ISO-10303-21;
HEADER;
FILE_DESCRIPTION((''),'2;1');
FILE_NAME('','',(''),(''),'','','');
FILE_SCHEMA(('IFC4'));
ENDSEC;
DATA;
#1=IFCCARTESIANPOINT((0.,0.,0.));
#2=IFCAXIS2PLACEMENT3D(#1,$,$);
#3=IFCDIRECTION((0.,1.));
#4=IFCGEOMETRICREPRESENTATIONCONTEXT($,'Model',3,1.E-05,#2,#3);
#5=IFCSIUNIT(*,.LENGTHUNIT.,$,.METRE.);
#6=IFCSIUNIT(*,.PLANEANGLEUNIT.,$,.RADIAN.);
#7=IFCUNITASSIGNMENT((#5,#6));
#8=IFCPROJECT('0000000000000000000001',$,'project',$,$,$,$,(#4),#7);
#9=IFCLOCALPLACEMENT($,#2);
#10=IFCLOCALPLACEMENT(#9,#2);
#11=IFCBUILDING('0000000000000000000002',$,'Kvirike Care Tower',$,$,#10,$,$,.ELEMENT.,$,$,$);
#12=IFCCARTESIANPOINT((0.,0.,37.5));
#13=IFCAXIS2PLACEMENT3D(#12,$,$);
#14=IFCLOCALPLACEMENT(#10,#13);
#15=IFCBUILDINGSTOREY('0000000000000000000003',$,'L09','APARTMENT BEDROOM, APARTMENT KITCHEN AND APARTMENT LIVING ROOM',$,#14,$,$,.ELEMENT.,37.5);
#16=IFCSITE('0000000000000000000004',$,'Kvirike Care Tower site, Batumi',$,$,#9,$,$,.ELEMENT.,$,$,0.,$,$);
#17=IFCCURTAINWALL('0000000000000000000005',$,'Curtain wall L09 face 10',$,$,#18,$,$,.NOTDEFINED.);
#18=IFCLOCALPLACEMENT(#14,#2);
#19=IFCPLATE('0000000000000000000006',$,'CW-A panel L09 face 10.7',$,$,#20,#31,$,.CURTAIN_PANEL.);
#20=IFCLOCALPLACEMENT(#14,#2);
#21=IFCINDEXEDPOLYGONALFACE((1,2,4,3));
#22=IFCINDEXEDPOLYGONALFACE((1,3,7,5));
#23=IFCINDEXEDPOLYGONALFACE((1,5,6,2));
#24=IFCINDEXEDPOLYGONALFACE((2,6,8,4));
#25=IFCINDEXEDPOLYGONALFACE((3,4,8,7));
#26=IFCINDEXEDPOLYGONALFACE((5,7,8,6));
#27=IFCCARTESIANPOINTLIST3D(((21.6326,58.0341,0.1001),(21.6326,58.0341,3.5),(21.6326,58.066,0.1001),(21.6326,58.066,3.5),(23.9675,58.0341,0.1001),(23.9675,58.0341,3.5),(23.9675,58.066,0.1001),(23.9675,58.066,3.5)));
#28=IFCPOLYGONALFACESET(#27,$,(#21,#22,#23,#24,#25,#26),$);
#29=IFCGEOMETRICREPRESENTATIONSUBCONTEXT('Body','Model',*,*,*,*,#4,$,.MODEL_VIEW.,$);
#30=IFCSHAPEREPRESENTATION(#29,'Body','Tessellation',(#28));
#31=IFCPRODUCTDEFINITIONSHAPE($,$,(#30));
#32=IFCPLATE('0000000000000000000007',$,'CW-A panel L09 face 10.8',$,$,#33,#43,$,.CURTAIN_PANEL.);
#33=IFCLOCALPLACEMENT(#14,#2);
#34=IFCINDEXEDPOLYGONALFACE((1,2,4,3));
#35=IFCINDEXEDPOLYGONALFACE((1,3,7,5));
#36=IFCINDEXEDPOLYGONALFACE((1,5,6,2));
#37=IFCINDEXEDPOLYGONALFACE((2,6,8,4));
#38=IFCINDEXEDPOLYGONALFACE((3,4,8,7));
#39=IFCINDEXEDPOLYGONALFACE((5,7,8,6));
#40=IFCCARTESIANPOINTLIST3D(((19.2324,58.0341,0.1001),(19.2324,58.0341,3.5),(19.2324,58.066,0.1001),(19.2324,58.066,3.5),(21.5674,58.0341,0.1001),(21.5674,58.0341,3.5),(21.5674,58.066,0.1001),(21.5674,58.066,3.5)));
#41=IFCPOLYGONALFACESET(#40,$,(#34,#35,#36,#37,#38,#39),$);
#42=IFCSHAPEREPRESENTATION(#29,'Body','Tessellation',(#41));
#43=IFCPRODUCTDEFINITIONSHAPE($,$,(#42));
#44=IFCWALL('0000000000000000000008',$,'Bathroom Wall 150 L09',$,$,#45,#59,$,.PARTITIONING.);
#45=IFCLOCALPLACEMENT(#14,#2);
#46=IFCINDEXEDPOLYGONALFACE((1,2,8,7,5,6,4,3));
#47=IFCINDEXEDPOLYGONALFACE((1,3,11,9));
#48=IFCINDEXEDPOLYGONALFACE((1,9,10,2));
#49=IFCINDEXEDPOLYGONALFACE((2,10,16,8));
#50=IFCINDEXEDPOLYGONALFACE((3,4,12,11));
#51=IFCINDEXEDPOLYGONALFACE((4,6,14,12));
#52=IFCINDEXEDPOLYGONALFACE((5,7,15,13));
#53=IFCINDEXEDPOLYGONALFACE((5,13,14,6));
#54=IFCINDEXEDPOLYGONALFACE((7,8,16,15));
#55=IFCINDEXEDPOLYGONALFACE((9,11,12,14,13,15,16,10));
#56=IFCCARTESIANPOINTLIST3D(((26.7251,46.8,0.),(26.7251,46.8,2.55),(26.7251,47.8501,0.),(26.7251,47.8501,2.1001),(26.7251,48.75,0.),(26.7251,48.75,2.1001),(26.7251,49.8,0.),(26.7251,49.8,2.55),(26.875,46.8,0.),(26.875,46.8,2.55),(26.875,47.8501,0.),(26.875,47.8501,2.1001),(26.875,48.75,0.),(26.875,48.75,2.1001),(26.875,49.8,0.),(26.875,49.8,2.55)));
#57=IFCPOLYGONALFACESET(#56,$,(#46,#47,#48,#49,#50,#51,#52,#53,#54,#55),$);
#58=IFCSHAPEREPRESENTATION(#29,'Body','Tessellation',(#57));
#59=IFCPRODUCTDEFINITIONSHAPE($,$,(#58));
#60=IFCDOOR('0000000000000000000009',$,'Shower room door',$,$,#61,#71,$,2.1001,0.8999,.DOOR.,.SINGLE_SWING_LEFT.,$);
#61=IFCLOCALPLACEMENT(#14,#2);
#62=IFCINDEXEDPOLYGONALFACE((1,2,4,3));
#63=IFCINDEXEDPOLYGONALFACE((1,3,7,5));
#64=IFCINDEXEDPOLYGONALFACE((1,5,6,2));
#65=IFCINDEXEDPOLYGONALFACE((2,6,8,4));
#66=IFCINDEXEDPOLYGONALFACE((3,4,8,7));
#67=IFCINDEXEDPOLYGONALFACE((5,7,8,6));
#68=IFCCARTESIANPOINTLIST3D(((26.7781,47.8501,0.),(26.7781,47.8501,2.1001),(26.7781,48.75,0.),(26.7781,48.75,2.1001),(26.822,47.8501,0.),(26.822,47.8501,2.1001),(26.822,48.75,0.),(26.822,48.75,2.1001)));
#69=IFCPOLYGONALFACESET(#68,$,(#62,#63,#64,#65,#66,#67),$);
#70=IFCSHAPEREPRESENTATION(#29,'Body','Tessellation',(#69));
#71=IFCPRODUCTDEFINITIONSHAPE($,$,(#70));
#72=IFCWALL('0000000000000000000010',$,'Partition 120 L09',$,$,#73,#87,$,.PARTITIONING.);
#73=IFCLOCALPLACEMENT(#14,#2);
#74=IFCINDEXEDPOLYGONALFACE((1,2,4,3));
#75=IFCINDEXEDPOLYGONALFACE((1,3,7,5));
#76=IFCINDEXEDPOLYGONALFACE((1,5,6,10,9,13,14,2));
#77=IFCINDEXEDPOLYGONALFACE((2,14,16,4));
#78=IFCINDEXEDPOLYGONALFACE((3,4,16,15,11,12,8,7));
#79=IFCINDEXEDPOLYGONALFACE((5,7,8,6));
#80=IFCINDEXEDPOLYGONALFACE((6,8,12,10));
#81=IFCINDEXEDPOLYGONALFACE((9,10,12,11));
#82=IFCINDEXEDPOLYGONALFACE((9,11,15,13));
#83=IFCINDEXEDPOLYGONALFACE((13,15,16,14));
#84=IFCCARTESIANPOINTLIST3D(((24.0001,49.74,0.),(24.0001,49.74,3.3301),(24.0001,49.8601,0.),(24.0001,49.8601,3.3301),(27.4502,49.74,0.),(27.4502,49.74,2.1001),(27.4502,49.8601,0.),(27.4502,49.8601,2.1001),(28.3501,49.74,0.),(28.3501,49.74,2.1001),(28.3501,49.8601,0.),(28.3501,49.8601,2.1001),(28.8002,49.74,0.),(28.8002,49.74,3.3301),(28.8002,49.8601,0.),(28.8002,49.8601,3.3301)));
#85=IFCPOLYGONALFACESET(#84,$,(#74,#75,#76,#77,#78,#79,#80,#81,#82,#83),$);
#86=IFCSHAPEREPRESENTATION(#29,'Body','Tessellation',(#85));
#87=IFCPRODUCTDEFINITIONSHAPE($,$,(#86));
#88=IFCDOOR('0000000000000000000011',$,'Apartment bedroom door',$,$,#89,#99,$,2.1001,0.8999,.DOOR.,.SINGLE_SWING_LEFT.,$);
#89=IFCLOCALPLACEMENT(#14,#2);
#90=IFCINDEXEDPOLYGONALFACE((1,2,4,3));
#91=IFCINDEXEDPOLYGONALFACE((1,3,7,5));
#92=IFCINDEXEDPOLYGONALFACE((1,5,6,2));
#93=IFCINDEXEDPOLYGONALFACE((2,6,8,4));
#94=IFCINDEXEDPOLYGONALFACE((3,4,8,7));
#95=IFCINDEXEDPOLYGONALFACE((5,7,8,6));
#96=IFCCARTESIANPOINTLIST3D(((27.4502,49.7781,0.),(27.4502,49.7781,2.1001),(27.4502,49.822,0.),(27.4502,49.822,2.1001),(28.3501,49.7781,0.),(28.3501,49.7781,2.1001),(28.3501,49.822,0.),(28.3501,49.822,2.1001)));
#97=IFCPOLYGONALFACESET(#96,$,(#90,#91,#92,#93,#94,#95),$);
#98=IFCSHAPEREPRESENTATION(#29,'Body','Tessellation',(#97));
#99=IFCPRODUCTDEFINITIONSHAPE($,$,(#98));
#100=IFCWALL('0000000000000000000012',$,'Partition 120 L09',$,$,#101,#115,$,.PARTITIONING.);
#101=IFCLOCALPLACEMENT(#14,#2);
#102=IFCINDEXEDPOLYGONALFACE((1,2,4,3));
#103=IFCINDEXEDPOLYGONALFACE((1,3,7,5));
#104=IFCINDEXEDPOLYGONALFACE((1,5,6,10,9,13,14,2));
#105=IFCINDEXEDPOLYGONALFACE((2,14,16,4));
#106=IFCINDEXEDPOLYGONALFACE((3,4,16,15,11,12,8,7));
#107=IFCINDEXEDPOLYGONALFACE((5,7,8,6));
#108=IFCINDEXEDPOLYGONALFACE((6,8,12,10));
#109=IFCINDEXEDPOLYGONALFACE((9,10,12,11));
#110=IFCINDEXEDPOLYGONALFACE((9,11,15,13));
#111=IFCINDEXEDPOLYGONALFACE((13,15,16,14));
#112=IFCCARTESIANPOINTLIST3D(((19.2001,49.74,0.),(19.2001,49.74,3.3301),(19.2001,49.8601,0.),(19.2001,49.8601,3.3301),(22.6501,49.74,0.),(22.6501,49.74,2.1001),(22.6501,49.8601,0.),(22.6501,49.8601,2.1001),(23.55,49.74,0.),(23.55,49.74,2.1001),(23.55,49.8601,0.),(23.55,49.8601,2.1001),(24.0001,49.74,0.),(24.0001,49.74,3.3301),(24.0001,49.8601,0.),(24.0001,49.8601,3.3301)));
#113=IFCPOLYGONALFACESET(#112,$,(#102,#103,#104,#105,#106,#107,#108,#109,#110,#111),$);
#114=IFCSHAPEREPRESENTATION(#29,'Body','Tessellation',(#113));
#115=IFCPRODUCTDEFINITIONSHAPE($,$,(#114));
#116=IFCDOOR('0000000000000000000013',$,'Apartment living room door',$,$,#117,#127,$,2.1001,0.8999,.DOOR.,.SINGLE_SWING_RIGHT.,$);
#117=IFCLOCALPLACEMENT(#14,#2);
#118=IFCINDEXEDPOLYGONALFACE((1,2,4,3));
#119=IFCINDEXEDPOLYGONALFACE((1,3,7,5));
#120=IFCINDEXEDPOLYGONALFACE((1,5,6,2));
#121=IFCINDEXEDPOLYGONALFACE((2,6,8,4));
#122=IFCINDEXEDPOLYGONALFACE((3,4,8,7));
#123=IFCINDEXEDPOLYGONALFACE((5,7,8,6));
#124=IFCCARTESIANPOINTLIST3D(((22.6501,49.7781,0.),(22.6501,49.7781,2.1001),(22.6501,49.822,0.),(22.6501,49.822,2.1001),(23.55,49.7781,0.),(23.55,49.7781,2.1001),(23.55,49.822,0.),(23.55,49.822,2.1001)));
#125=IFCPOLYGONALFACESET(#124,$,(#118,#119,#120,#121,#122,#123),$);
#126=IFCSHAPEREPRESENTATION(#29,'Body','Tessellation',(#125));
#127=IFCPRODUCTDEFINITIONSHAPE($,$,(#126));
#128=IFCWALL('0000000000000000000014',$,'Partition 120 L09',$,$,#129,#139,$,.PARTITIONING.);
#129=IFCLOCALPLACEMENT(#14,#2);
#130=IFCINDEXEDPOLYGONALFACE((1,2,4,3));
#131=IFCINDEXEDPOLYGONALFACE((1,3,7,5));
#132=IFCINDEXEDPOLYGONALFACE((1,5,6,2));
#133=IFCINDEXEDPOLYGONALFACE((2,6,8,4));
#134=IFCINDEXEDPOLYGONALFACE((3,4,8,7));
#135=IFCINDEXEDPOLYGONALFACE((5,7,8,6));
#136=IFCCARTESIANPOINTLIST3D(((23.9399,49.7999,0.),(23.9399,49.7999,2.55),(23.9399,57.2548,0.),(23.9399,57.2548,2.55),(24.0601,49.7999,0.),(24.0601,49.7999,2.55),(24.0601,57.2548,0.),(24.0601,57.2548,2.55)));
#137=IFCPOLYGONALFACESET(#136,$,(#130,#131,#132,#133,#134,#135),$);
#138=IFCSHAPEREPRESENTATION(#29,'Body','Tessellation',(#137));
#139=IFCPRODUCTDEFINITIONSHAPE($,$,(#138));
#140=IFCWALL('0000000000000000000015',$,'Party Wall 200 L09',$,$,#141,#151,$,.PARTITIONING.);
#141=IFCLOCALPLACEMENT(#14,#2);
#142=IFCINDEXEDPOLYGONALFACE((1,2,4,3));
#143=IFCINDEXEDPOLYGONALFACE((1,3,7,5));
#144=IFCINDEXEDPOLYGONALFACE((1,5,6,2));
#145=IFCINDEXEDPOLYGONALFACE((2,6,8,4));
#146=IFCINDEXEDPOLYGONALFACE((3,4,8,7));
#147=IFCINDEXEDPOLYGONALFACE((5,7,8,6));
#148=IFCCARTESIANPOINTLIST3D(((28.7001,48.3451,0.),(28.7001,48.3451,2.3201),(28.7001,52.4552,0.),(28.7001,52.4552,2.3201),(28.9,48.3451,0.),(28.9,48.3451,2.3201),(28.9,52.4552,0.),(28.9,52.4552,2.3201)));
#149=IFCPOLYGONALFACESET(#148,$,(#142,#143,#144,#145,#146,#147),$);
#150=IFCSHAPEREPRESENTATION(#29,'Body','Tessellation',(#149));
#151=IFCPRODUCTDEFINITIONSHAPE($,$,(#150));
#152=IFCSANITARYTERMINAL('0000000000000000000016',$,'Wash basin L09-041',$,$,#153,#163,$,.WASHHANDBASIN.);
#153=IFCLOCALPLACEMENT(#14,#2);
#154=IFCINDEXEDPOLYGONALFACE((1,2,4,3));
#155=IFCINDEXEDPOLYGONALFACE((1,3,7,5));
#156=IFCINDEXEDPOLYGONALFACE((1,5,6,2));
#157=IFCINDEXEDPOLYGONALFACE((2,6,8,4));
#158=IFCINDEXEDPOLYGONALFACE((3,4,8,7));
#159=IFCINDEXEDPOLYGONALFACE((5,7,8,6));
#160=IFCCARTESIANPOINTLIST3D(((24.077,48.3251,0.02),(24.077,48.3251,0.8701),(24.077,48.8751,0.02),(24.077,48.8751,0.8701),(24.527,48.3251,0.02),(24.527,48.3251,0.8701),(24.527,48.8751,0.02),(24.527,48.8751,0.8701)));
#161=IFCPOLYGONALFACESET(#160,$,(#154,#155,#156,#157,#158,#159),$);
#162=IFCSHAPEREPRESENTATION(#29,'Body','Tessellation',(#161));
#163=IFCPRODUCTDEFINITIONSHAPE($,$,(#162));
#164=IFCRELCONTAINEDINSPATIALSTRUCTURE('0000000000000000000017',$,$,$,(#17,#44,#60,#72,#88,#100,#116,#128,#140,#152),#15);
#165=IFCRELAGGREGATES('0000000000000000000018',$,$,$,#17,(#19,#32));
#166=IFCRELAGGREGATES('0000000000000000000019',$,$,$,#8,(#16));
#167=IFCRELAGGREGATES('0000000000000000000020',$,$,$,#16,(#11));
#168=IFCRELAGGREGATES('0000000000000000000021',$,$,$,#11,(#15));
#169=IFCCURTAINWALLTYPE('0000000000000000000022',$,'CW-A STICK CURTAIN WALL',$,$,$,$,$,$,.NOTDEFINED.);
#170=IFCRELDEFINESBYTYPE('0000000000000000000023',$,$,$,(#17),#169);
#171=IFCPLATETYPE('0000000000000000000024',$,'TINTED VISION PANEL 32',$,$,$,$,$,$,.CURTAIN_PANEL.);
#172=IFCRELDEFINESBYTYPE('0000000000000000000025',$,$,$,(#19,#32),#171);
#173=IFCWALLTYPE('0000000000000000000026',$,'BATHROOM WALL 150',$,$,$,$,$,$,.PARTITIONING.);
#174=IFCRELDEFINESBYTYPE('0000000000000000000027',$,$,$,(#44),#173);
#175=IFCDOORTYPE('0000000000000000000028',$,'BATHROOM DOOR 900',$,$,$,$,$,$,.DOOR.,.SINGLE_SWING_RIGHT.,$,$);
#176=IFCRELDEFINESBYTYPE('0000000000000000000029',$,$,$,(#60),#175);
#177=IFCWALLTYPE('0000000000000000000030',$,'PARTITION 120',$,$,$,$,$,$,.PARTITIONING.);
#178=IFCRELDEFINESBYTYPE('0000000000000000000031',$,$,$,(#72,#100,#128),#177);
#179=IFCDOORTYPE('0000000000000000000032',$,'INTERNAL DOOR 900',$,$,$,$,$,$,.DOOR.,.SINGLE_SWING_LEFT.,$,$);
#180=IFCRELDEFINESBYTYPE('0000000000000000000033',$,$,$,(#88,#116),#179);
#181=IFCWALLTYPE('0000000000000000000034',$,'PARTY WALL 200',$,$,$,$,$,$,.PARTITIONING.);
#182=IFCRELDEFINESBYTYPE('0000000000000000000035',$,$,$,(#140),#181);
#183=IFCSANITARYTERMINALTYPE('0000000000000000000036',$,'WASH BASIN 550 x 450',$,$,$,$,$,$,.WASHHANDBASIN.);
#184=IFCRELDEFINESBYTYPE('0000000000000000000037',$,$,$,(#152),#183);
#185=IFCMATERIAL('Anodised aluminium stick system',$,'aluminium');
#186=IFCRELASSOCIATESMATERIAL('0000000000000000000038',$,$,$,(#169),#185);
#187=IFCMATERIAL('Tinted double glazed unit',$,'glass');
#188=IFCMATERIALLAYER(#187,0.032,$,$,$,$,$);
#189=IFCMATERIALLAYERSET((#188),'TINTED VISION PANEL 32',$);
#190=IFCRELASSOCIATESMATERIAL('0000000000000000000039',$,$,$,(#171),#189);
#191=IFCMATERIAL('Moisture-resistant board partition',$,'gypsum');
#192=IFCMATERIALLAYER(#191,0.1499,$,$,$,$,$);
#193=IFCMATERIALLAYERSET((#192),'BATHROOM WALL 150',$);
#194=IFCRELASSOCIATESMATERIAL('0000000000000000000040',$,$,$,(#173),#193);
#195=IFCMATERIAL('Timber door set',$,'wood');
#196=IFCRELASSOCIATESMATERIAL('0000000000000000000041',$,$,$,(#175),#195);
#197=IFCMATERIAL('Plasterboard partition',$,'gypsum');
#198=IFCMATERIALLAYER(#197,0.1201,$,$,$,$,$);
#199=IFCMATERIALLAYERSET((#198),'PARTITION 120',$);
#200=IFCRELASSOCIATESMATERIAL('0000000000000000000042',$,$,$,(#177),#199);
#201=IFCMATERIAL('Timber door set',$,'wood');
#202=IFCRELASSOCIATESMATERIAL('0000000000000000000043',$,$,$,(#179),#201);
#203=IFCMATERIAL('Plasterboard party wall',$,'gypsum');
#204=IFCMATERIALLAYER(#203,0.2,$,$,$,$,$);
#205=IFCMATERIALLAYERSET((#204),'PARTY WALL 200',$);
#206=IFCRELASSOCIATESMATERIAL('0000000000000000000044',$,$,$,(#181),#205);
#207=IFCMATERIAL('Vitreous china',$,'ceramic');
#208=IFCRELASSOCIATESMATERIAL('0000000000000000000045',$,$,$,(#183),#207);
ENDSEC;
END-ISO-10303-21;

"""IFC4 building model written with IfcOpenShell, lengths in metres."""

from ifc_helpers import new_model, si_unit, direction, frame, frame_2d, origin, origin_2d, place, context, subcontext, project, spatial, rectangle, extrude, material, layer, layer_set, type_object, element, fill, aggregate, save


model = new_model("IFC4")

# Units and contexts
model_context = context("Model", 3, precision=1e-05, world=origin(), true_north=direction((0.0, 1.0)))
body_context = subcontext(model_context, "Body", "Model", "MODEL_VIEW")
ifc_project = project(units=[si_unit("LENGTHUNIT", "METRE"), si_unit("PLANEANGLEUNIT", "RADIAN")], contexts=[model_context])

# Site, building, storey
site_placement = place(None, origin())
site = spatial("IfcSite", under=ifc_project, at=site_placement, Name="Kvirike Care Tower site, Batumi", CompositionType="ELEMENT", RefElevation=0.0)
building_placement = place(site_placement, origin())
building = spatial("IfcBuilding", under=site, at=building_placement, Name="Kvirike Care Tower", CompositionType="ELEMENT")
storey_placement = place(building_placement, frame((0.0, 0.0, 37.5)))
storey = spatial("IfcBuildingStorey", under=building, at=storey_placement, Name="L09", Description="APARTMENT BEDROOM, APARTMENT KITCHEN AND APARTMENT LIVING ROOM", CompositionType="ELEMENT", Elevation=37.5)

# Curtain wall
ifc_material_1 = material(Name="Anodised aluminium stick system", Category="aluminium")
curtain_wall_type = type_object("IfcCurtainWallType", Name="CW-A STICK CURTAIN WALL", PredefinedType="NOTDEFINED", material=ifc_material_1)
curtain_wall_placement = place(storey_placement, origin())
curtain_wall = element("IfcCurtainWall", 1, at=curtain_wall_placement, inside=storey, type_object=curtain_wall_type, Name="Curtain wall L09 face 10", PredefinedType="NOTDEFINED")

# Plates
ifc_material_2 = material(Name="Tinted double glazed unit", Category="glass")
ifc_layer_1 = layer(ifc_material_2, 0.032)
ifc_layer_set_1 = layer_set([ifc_layer_1], Name="TINTED VISION PANEL 32")
plate_type = type_object("IfcPlateType", Name="TINTED VISION PANEL 32", PredefinedType="CURTAIN_PANEL", material=ifc_layer_set_1)
plate_1_placement = place(storey_placement, frame((22.8, 58.05, 0.1001), z_axis=(0.0, 0.0, 1.0), x_axis=(-1.0, 0.0, 0.0)))
plate_1 = element("IfcPlate", 2, at=plate_1_placement, type_object=plate_type, Name="CW-A panel L09 face 10.7", PredefinedType="CURTAIN_PANEL", context=body_context, shape_type="SweptSolid", body=[
    extrude(rectangle(XDim=2.335, YDim=0.032, at=origin_2d()), origin(), (0.0, 0.0, 1.0), 3.3999),
])
plate_2_placement = place(storey_placement, frame((20.3999, 58.05, 0.1001), z_axis=(0.0, 0.0, 1.0), x_axis=(-1.0, 0.0, 0.0)))
plate_2 = element("IfcPlate", 3, at=plate_2_placement, type_object=plate_type, Name="CW-A panel L09 face 10.8", PredefinedType="CURTAIN_PANEL", context=body_context, shape_type="SweptSolid", body=[
    extrude(rectangle(XDim=2.335, YDim=0.032, at=origin_2d()), origin(), (0.0, 0.0, 1.0), 3.3999),
])
aggregate(curtain_wall, [plate_1, plate_2])

# Walls, openings, doors
ifc_material_3 = material(Name="Moisture-resistant board partition", Category="gypsum")
ifc_layer_2 = layer(ifc_material_3, 0.1499)
ifc_layer_set_2 = layer_set([ifc_layer_2], Name="BATHROOM WALL 150")
wall_type_1 = type_object("IfcWallType", Name="BATHROOM WALL 150", PredefinedType="PARTITIONING", material=ifc_layer_set_2)
wall_1_placement = place(storey_placement, frame((26.8, 49.8, 0.0), z_axis=(0.0, 0.0, 1.0), x_axis=(0.0, -1.0, 0.0)))
wall_1 = element("IfcWall", 4, at=wall_1_placement, inside=storey, type_object=wall_type_1, Name="Bathroom Wall 150 L09", PredefinedType="PARTITIONING", context=body_context, shape_type="SweptSolid", body=[
    extrude(rectangle(XDim=3.0, YDim=0.1499, at=frame_2d((1.5, 0.0))), origin(), (0.0, 0.0, 1.0), 2.55),
])
opening_1_placement = place(wall_1_placement, frame((1.05, 0.0, 0.0)))
opening_1 = element("IfcOpeningElement", 5, at=opening_1_placement, cuts=wall_1, PredefinedType="OPENING", context=body_context, shape_type="SweptSolid", body=[
    extrude(rectangle(XDim=0.8999, YDim=2.1001, at=frame_2d((0.45, 1.05))), frame((0.0, 0.0854, 0.0), z_axis=(0.0, -1.0, 0.0), x_axis=(1.0, 0.0, 0.0)), (0.0, 0.0, 1.0), 0.1709),
])
ifc_material_4 = material(Name="Timber door set", Category="wood")
door_type_1 = type_object("IfcDoorType", Name="BATHROOM DOOR 900", OperationType="SINGLE_SWING_RIGHT", PredefinedType="DOOR", material=ifc_material_4)
door_1_placement = place(opening_1_placement, frame((0.8999, 0.0, 0.0), z_axis=(0.0, 0.0, 1.0), x_axis=(-1.0, 0.0, 0.0)))
door_1 = element("IfcDoor", 6, at=door_1_placement, inside=storey, type_object=door_type_1, Name="Shower room door", OperationType="SINGLE_SWING_LEFT", OverallHeight=2.1001, OverallWidth=0.8999, PredefinedType="DOOR", context=body_context, shape_type="SweptSolid", body=[
    extrude(rectangle(XDim=0.8999, YDim=2.1001, at=frame_2d((0.45, 1.05))), frame((0.0, 0.022, 0.0), z_axis=(0.0, -1.0, 0.0), x_axis=(1.0, 0.0, 0.0)), (0.0, 0.0, 1.0), 0.0439),
])
fill(opening_1, door_1)
ifc_material_5 = material(Name="Plasterboard partition", Category="gypsum")
ifc_layer_3 = layer(ifc_material_5, 0.1201)
ifc_layer_set_3 = layer_set([ifc_layer_3], Name="PARTITION 120")
wall_type_2 = type_object("IfcWallType", Name="PARTITION 120", PredefinedType="PARTITIONING", material=ifc_layer_set_3)
wall_2_placement = place(storey_placement, frame((28.8, 49.8, 0.0), z_axis=(0.0, 0.0, 1.0), x_axis=(-1.0, 0.0, 0.0)))
wall_2 = element("IfcWall", 7, at=wall_2_placement, inside=storey, type_object=wall_type_2, Name="Partition 120 L09", PredefinedType="PARTITIONING", context=body_context, shape_type="SweptSolid", body=[
    extrude(rectangle(XDim=4.8, YDim=0.1201, at=frame_2d((2.3999, 0.0))), origin(), (0.0, 0.0, 1.0), 3.3301),
])
opening_2_placement = place(wall_2_placement, frame((0.45, 0.0, 0.0)))
opening_2 = element("IfcOpeningElement", 8, at=opening_2_placement, cuts=wall_2, PredefinedType="OPENING", context=body_context, shape_type="SweptSolid", body=[
    extrude(rectangle(XDim=0.8999, YDim=2.1001, at=frame_2d((0.45, 1.05))), frame((0.0, 0.0706, 0.0), z_axis=(0.0, -1.0, 0.0), x_axis=(1.0, 0.0, 0.0)), (0.0, 0.0, 1.0), 0.1411),
])
ifc_material_6 = material(Name="Timber door set", Category="wood")
door_type_2 = type_object("IfcDoorType", Name="INTERNAL DOOR 900", OperationType="SINGLE_SWING_LEFT", PredefinedType="DOOR", material=ifc_material_6)
door_2_placement = place(opening_2_placement, frame((0.8999, 0.0, 0.0), z_axis=(0.0, 0.0, 1.0), x_axis=(-1.0, 0.0, 0.0)))
door_2 = element("IfcDoor", 9, at=door_2_placement, inside=storey, type_object=door_type_2, Name="Apartment bedroom door", OperationType="SINGLE_SWING_LEFT", OverallHeight=2.1001, OverallWidth=0.8999, PredefinedType="DOOR", context=body_context, shape_type="SweptSolid", body=[
    extrude(rectangle(XDim=0.8999, YDim=2.1001, at=frame_2d((0.45, 1.05))), frame((0.0, 0.022, 0.0), z_axis=(0.0, -1.0, 0.0), x_axis=(1.0, 0.0, 0.0)), (0.0, 0.0, 1.0), 0.0439),
])
fill(opening_2, door_2)
wall_3_placement = place(storey_placement, frame((24.0, 49.8, 0.0), z_axis=(0.0, 0.0, 1.0), x_axis=(-1.0, 0.0, 0.0)))
wall_3 = element("IfcWall", 10, at=wall_3_placement, inside=storey, type_object=wall_type_2, Name="Partition 120 L09", PredefinedType="PARTITIONING", context=body_context, shape_type="SweptSolid", body=[
    extrude(rectangle(XDim=4.8, YDim=0.1201, at=frame_2d((2.3999, 0.0))), origin(), (0.0, 0.0, 1.0), 3.3301),
])
opening_3_placement = place(wall_3_placement, frame((0.45, 0.0, 0.0)))
opening_3 = element("IfcOpeningElement", 11, at=opening_3_placement, cuts=wall_3, PredefinedType="OPENING", context=body_context, shape_type="SweptSolid", body=[
    extrude(rectangle(XDim=0.8999, YDim=2.1001, at=frame_2d((0.45, 1.05))), frame((0.0, 0.0706, 0.0), z_axis=(0.0, -1.0, 0.0), x_axis=(1.0, 0.0, 0.0)), (0.0, 0.0, 1.0), 0.1411),
])
door_3_placement = place(opening_3_placement, frame((0.8999, 0.0, 0.0), z_axis=(0.0, 0.0, 1.0), x_axis=(-1.0, 0.0, 0.0)))
door_3 = element("IfcDoor", 12, at=door_3_placement, inside=storey, type_object=door_type_2, Name="Apartment living room door", OperationType="SINGLE_SWING_RIGHT", OverallHeight=2.1001, OverallWidth=0.8999, PredefinedType="DOOR", context=body_context, shape_type="SweptSolid", body=[
    extrude(rectangle(XDim=0.8999, YDim=2.1001, at=frame_2d((0.45, 1.05))), frame((0.0, 0.022, 0.0), z_axis=(0.0, -1.0, 0.0), x_axis=(1.0, 0.0, 0.0)), (0.0, 0.0, 1.0), 0.0439),
])
fill(opening_3, door_3)

# Walls
wall_4_placement = place(storey_placement, frame((24.0, 57.2549, 0.0), z_axis=(0.0, 0.0, 1.0), x_axis=(0.0, -1.0, 0.0)))
element("IfcWall", 13, at=wall_4_placement, inside=storey, type_object=wall_type_2, Name="Partition 120 L09", PredefinedType="PARTITIONING", context=body_context, shape_type="SweptSolid", body=[
    extrude(rectangle(XDim=7.4548, YDim=0.1201, at=frame_2d((3.7275, 0.0))), origin(), (0.0, 0.0, 1.0), 2.55),
])
ifc_material_7 = material(Name="Plasterboard party wall", Category="gypsum")
ifc_layer_4 = layer(ifc_material_7, 0.2)
ifc_layer_set_4 = layer_set([ifc_layer_4], Name="PARTY WALL 200")
wall_type_3 = type_object("IfcWallType", Name="PARTY WALL 200", PredefinedType="PARTITIONING", material=ifc_layer_set_4)
wall_5_placement = place(storey_placement, frame((28.8, 48.345, 0.0), z_axis=(0.0, 0.0, 1.0), x_axis=(0.0, 1.0, 0.0)))
element("IfcWall", 14, at=wall_5_placement, inside=storey, type_object=wall_type_3, Name="Party Wall 200 L09", PredefinedType="PARTITIONING", context=body_context, shape_type="SweptSolid", body=[
    extrude(rectangle(XDim=4.1101, YDim=0.2, at=frame_2d((2.0552, 0.0))), origin(), (0.0, 0.0, 1.0), 2.3201),
])

# Sanitary terminal
ifc_material_8 = material(Name="Vitreous china", Category="ceramic")
sanitary_terminal_type_1 = type_object("IfcSanitaryTerminalType", Name="WASH BASIN 550 x 450", PredefinedType="WASHHANDBASIN", material=ifc_material_8)
sanitary_terminal_1_placement = place(storey_placement, frame((24.302, 48.6001, 0.02), z_axis=(0.0, 0.0, 1.0), x_axis=(0.0, 1.0, 0.0)))
element("IfcSanitaryTerminal", 15, at=sanitary_terminal_1_placement, inside=storey, type_object=sanitary_terminal_type_1, Name="Wash basin L09-041", PredefinedType="WASHHANDBASIN", context=body_context, shape_type="SweptSolid", body=[
    extrude(rectangle(XDim=0.55, YDim=0.45, at=origin_2d()), origin(), (0.0, 0.0, 1.0), 0.8501),
])

save(model, "model.ifc")
